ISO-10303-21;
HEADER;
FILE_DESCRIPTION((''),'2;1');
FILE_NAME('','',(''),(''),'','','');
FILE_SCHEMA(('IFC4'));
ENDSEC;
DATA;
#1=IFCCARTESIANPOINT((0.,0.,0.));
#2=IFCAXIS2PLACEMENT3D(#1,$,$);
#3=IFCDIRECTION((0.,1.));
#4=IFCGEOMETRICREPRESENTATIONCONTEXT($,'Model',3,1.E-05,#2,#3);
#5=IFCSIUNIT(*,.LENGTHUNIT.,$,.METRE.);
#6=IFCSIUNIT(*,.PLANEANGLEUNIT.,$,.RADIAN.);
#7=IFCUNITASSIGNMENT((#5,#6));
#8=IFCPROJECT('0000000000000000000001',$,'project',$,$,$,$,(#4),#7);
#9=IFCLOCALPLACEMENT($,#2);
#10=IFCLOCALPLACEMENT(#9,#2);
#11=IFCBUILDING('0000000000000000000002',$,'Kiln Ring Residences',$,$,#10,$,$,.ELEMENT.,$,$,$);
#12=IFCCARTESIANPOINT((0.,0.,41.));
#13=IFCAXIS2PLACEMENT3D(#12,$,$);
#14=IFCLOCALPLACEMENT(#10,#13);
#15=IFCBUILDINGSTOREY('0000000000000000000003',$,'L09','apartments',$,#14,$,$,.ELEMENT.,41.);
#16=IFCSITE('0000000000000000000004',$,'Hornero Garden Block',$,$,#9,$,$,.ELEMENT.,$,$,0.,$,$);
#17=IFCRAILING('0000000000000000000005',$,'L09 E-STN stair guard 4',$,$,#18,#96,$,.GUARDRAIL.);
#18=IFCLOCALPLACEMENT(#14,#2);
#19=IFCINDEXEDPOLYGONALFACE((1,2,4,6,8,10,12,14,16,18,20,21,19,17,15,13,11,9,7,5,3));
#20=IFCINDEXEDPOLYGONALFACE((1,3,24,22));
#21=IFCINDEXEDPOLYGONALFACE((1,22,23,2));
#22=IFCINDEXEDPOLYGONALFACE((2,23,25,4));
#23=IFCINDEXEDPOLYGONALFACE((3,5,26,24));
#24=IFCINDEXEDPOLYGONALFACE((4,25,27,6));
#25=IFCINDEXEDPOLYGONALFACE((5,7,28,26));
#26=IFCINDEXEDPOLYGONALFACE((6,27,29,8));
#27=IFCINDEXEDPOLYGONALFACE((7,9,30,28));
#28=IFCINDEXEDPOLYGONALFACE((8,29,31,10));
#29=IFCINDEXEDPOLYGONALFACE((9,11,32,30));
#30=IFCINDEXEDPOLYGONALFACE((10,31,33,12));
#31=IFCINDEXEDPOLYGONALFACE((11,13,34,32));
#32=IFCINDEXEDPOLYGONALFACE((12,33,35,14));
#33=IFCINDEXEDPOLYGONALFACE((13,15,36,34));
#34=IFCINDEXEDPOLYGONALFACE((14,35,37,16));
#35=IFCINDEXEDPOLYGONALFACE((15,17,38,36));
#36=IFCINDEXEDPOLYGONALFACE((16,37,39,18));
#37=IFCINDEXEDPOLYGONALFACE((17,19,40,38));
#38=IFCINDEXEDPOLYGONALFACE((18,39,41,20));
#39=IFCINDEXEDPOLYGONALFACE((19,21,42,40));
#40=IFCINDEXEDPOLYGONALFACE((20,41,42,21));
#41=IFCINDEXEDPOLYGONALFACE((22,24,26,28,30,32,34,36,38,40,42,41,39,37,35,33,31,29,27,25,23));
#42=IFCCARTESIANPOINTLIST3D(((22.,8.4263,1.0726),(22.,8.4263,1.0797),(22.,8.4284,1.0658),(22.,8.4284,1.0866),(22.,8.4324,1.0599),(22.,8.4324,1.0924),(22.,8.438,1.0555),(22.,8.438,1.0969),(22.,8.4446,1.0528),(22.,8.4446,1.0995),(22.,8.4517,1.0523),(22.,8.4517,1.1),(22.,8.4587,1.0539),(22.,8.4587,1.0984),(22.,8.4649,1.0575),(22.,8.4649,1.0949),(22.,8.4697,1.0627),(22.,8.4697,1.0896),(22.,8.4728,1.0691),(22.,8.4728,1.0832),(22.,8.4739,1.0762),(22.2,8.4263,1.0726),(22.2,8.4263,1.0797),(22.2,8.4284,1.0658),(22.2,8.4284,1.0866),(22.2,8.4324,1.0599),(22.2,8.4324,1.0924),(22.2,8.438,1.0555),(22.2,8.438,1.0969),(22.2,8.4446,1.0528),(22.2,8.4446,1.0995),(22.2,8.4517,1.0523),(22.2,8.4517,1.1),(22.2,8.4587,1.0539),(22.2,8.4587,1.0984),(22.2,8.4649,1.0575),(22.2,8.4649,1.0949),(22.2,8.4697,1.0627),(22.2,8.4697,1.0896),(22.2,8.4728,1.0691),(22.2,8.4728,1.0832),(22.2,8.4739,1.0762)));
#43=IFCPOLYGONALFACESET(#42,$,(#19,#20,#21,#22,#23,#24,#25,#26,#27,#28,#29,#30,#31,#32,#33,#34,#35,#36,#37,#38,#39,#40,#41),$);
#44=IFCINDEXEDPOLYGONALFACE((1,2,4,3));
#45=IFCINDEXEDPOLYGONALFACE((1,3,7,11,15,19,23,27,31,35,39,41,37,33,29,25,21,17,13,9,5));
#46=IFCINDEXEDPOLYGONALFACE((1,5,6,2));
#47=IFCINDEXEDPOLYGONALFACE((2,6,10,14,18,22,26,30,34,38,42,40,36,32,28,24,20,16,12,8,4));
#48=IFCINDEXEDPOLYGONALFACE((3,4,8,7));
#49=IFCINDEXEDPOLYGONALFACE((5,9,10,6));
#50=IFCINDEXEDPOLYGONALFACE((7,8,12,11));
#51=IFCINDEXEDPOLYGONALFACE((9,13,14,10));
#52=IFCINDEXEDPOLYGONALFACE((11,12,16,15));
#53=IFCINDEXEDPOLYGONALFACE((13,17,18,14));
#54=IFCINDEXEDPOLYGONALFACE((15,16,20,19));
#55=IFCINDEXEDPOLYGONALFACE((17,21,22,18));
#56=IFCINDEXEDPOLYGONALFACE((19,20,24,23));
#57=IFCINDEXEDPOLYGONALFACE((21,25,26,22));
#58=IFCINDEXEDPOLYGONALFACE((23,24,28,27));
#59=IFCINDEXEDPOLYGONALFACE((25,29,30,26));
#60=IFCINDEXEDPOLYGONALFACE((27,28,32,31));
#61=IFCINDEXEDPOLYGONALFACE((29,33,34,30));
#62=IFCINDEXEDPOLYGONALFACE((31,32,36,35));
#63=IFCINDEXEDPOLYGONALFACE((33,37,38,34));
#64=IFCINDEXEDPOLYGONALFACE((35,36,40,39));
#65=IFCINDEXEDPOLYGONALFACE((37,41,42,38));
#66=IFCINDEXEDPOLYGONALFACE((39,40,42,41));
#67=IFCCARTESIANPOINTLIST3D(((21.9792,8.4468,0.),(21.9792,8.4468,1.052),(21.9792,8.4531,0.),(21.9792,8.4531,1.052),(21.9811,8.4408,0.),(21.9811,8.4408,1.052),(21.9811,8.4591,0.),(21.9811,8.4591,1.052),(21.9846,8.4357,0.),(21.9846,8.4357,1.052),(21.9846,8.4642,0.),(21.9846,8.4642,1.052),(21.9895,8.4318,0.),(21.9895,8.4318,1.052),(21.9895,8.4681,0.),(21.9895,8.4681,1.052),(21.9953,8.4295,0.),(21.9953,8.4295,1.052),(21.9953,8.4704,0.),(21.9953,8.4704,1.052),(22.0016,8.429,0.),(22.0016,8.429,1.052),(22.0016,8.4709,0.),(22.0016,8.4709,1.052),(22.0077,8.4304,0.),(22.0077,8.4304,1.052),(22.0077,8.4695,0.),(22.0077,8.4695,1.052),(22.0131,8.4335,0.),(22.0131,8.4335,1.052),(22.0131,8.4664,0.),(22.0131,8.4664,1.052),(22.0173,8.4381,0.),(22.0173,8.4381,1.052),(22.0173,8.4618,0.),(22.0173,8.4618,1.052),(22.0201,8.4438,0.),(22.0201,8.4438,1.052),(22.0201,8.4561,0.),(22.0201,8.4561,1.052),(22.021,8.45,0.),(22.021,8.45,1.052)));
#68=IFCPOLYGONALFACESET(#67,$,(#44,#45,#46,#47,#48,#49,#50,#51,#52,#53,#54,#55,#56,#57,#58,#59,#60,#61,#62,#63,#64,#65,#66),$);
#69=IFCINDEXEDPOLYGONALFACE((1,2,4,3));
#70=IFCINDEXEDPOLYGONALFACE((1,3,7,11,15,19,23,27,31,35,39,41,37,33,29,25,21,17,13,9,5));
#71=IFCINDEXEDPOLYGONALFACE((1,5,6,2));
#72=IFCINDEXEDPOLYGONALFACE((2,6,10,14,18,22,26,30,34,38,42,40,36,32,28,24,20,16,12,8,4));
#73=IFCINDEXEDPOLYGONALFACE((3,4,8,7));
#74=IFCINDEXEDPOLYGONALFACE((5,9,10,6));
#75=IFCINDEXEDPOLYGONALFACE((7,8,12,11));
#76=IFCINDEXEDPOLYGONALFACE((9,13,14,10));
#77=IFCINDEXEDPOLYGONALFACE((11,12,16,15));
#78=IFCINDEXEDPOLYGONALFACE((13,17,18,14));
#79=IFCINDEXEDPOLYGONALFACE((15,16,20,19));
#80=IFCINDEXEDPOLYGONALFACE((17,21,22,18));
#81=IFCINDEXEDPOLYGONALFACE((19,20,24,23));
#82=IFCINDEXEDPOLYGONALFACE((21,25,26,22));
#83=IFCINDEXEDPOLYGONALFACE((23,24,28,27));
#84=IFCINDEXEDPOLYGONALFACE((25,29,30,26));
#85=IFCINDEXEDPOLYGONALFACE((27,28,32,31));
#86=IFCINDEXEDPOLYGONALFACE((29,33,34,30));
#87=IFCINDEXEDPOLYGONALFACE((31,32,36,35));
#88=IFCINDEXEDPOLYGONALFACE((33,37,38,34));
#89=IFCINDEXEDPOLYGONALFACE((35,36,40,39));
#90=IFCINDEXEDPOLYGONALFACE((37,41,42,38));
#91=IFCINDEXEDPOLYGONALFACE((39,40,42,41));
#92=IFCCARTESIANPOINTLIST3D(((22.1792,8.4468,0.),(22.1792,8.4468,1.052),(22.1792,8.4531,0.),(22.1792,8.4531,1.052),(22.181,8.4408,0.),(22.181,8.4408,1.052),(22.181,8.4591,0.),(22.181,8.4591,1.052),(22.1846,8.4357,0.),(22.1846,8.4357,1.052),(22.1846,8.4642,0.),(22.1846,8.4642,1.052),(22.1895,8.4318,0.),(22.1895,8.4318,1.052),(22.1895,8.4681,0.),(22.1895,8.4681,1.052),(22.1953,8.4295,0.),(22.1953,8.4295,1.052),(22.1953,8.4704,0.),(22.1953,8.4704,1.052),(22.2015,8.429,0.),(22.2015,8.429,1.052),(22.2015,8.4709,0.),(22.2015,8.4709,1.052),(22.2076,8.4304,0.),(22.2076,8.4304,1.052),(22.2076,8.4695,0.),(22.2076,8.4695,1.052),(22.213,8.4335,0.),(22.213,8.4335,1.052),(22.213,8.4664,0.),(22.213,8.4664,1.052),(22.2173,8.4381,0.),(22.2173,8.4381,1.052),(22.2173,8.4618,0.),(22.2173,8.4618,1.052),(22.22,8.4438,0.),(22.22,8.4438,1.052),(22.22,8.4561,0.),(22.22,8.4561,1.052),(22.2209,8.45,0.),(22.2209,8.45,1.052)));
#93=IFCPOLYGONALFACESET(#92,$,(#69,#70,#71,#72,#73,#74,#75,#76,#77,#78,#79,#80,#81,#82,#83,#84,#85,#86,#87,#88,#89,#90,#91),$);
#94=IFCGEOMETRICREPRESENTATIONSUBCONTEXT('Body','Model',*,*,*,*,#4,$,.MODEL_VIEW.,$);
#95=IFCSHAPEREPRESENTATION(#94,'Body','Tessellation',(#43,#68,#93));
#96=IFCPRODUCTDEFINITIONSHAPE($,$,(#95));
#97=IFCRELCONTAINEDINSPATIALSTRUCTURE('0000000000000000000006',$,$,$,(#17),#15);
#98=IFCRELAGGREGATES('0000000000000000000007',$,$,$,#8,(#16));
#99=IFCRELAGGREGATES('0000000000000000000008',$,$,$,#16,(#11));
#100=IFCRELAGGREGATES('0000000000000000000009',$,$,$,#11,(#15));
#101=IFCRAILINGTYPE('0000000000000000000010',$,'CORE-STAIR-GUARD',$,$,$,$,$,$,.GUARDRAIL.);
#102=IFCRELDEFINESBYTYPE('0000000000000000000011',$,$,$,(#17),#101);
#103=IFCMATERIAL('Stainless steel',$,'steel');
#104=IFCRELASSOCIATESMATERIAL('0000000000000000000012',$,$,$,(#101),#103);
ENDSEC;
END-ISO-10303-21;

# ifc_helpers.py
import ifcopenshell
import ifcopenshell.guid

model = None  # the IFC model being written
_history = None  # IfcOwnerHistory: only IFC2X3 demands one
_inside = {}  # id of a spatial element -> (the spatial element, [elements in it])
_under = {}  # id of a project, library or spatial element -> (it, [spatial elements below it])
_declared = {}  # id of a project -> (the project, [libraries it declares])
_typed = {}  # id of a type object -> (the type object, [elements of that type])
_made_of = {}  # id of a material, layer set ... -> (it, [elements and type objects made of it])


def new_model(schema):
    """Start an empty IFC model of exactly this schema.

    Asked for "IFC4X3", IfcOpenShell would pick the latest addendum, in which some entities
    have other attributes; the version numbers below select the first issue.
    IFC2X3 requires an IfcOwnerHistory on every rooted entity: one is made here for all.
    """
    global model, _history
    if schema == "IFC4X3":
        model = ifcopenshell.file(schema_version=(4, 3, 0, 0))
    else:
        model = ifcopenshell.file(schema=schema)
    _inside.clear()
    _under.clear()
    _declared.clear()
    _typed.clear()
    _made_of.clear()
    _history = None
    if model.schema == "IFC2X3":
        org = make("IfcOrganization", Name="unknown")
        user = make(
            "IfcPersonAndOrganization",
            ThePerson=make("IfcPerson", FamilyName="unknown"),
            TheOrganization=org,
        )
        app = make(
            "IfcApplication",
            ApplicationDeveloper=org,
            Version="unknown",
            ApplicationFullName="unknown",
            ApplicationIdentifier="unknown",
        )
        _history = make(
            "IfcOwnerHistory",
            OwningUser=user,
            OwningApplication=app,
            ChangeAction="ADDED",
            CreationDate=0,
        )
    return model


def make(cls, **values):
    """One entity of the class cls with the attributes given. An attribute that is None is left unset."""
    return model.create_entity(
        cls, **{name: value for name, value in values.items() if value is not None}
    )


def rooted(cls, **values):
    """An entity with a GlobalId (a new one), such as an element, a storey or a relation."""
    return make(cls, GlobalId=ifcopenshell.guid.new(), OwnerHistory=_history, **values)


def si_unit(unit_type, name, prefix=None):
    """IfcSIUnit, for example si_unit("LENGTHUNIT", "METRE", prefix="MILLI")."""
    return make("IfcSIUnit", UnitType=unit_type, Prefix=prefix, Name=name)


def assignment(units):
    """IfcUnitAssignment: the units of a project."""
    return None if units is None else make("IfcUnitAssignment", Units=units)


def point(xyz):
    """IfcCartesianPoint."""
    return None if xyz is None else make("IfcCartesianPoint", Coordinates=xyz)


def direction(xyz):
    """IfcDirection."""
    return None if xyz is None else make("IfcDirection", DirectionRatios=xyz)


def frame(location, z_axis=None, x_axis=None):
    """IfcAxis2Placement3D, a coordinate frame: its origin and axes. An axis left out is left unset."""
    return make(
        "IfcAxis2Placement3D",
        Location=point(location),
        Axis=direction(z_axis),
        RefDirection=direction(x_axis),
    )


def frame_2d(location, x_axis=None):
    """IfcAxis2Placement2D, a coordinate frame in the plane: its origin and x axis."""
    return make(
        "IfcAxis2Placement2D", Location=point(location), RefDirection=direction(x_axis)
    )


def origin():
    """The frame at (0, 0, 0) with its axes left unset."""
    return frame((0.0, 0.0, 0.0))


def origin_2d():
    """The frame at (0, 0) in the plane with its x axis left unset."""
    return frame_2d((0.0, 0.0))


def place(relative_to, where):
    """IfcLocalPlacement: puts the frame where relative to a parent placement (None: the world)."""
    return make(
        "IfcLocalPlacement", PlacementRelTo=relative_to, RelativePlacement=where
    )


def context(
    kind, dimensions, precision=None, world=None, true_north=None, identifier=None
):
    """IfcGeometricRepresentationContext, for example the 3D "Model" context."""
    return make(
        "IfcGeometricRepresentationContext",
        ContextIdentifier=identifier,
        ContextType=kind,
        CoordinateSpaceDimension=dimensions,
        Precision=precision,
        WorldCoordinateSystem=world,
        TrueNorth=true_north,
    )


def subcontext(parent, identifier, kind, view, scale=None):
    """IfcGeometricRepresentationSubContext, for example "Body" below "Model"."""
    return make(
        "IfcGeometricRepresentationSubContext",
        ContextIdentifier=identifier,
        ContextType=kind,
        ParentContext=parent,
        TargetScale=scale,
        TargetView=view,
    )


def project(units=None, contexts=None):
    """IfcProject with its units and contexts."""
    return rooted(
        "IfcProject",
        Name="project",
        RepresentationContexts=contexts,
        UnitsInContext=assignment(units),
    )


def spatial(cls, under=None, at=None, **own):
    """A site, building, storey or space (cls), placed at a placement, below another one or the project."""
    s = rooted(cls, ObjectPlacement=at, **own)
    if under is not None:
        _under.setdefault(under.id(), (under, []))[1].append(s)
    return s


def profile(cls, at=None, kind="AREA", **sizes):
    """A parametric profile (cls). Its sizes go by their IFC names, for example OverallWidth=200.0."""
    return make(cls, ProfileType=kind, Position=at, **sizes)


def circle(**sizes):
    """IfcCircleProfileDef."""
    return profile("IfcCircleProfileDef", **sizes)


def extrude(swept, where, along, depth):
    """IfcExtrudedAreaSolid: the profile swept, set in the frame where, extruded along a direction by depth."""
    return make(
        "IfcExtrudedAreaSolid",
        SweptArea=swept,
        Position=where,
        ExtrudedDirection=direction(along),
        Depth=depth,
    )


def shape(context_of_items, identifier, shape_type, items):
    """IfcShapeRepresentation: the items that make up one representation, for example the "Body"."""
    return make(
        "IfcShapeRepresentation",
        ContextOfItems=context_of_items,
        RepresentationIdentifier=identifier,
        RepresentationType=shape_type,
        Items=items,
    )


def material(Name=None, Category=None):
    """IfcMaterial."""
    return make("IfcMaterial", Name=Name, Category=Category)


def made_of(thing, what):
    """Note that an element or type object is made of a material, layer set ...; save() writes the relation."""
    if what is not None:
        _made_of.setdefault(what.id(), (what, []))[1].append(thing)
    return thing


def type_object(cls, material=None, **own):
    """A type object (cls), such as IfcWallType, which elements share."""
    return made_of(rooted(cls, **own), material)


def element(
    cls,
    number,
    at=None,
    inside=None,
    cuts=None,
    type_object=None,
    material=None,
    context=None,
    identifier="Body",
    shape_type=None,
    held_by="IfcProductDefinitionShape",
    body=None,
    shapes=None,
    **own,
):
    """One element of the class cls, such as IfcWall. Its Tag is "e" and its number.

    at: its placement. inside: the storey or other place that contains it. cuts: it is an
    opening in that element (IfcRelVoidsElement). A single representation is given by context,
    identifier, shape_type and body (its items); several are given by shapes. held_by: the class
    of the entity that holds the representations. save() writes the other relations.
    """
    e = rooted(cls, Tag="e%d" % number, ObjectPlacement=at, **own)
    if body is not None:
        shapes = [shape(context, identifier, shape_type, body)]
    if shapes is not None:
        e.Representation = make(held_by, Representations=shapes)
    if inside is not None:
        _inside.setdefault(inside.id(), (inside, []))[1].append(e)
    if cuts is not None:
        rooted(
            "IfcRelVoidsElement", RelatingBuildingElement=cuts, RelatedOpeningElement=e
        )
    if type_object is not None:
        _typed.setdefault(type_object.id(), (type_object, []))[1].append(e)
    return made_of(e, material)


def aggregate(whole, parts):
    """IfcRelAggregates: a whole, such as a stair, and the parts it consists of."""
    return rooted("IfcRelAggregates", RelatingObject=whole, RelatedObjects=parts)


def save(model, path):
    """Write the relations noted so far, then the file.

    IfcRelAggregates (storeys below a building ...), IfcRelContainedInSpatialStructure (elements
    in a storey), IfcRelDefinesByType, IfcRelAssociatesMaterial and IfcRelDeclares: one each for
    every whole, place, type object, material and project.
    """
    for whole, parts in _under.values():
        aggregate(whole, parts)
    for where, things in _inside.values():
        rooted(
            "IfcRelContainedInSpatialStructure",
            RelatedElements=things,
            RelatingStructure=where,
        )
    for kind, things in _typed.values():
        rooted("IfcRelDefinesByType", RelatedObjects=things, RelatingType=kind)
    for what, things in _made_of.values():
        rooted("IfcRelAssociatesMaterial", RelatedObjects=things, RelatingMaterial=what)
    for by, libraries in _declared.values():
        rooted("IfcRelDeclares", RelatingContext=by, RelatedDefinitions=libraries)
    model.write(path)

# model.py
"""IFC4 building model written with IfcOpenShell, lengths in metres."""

from ifc_helpers import new_model, si_unit, direction, frame, origin, origin_2d, place, context, subcontext, project, spatial, circle, extrude, material, type_object, element, save


model = new_model("IFC4")

# Units and contexts
model_context = context("Model", 3, precision=1e-05, world=origin(), true_north=direction((0.0, 1.0)))
body_context = subcontext(model_context, "Body", "Model", "MODEL_VIEW")
ifc_project = project(units=[si_unit("LENGTHUNIT", "METRE"), si_unit("PLANEANGLEUNIT", "RADIAN")], contexts=[model_context])

# Site, building, storey
site_placement = place(None, origin())
site = spatial("IfcSite", under=ifc_project, at=site_placement, Name="Hornero Garden Block", CompositionType="ELEMENT", RefElevation=0.0)
building_placement = place(site_placement, origin())
building = spatial("IfcBuilding", under=site, at=building_placement, Name="Kiln Ring Residences", CompositionType="ELEMENT")
storey_placement = place(building_placement, frame((0.0, 0.0, 41.0)))
storey = spatial("IfcBuildingStorey", under=building, at=storey_placement, Name="L09", Description="apartments", CompositionType="ELEMENT", Elevation=41.0)

# Railing
ifc_material_1 = material(Name="Stainless steel", Category="steel")
railing_type = type_object("IfcRailingType", Name="CORE-STAIR-GUARD", PredefinedType="GUARDRAIL", material=ifc_material_1)
railing_1_placement = place(storey_placement, frame((22.0, 8.45, 0.0)))
element("IfcRailing", 1, at=railing_1_placement, inside=storey, type_object=railing_type, Name="L09 E-STN stair guard 4", PredefinedType="GUARDRAIL", context=body_context, shape_type="SweptSolid", body=[
    extrude(circle(Radius=0.0239, at=origin_2d()), frame((0.0, 0.0, 1.0762), z_axis=(1.0, 0.0, 0.0), x_axis=(0.0, 1.0, 0.0)), (0.0, 0.0, 1.0), 0.2),
    extrude(circle(Radius=0.021, at=origin_2d()), origin(), (0.0, 0.0, 1.0), 1.052),
    extrude(circle(Radius=0.021, at=origin_2d()), frame((0.2, 0.0, 0.0)), (0.0, 0.0, 1.0), 1.052),
])

save(model, "model.ifc")
